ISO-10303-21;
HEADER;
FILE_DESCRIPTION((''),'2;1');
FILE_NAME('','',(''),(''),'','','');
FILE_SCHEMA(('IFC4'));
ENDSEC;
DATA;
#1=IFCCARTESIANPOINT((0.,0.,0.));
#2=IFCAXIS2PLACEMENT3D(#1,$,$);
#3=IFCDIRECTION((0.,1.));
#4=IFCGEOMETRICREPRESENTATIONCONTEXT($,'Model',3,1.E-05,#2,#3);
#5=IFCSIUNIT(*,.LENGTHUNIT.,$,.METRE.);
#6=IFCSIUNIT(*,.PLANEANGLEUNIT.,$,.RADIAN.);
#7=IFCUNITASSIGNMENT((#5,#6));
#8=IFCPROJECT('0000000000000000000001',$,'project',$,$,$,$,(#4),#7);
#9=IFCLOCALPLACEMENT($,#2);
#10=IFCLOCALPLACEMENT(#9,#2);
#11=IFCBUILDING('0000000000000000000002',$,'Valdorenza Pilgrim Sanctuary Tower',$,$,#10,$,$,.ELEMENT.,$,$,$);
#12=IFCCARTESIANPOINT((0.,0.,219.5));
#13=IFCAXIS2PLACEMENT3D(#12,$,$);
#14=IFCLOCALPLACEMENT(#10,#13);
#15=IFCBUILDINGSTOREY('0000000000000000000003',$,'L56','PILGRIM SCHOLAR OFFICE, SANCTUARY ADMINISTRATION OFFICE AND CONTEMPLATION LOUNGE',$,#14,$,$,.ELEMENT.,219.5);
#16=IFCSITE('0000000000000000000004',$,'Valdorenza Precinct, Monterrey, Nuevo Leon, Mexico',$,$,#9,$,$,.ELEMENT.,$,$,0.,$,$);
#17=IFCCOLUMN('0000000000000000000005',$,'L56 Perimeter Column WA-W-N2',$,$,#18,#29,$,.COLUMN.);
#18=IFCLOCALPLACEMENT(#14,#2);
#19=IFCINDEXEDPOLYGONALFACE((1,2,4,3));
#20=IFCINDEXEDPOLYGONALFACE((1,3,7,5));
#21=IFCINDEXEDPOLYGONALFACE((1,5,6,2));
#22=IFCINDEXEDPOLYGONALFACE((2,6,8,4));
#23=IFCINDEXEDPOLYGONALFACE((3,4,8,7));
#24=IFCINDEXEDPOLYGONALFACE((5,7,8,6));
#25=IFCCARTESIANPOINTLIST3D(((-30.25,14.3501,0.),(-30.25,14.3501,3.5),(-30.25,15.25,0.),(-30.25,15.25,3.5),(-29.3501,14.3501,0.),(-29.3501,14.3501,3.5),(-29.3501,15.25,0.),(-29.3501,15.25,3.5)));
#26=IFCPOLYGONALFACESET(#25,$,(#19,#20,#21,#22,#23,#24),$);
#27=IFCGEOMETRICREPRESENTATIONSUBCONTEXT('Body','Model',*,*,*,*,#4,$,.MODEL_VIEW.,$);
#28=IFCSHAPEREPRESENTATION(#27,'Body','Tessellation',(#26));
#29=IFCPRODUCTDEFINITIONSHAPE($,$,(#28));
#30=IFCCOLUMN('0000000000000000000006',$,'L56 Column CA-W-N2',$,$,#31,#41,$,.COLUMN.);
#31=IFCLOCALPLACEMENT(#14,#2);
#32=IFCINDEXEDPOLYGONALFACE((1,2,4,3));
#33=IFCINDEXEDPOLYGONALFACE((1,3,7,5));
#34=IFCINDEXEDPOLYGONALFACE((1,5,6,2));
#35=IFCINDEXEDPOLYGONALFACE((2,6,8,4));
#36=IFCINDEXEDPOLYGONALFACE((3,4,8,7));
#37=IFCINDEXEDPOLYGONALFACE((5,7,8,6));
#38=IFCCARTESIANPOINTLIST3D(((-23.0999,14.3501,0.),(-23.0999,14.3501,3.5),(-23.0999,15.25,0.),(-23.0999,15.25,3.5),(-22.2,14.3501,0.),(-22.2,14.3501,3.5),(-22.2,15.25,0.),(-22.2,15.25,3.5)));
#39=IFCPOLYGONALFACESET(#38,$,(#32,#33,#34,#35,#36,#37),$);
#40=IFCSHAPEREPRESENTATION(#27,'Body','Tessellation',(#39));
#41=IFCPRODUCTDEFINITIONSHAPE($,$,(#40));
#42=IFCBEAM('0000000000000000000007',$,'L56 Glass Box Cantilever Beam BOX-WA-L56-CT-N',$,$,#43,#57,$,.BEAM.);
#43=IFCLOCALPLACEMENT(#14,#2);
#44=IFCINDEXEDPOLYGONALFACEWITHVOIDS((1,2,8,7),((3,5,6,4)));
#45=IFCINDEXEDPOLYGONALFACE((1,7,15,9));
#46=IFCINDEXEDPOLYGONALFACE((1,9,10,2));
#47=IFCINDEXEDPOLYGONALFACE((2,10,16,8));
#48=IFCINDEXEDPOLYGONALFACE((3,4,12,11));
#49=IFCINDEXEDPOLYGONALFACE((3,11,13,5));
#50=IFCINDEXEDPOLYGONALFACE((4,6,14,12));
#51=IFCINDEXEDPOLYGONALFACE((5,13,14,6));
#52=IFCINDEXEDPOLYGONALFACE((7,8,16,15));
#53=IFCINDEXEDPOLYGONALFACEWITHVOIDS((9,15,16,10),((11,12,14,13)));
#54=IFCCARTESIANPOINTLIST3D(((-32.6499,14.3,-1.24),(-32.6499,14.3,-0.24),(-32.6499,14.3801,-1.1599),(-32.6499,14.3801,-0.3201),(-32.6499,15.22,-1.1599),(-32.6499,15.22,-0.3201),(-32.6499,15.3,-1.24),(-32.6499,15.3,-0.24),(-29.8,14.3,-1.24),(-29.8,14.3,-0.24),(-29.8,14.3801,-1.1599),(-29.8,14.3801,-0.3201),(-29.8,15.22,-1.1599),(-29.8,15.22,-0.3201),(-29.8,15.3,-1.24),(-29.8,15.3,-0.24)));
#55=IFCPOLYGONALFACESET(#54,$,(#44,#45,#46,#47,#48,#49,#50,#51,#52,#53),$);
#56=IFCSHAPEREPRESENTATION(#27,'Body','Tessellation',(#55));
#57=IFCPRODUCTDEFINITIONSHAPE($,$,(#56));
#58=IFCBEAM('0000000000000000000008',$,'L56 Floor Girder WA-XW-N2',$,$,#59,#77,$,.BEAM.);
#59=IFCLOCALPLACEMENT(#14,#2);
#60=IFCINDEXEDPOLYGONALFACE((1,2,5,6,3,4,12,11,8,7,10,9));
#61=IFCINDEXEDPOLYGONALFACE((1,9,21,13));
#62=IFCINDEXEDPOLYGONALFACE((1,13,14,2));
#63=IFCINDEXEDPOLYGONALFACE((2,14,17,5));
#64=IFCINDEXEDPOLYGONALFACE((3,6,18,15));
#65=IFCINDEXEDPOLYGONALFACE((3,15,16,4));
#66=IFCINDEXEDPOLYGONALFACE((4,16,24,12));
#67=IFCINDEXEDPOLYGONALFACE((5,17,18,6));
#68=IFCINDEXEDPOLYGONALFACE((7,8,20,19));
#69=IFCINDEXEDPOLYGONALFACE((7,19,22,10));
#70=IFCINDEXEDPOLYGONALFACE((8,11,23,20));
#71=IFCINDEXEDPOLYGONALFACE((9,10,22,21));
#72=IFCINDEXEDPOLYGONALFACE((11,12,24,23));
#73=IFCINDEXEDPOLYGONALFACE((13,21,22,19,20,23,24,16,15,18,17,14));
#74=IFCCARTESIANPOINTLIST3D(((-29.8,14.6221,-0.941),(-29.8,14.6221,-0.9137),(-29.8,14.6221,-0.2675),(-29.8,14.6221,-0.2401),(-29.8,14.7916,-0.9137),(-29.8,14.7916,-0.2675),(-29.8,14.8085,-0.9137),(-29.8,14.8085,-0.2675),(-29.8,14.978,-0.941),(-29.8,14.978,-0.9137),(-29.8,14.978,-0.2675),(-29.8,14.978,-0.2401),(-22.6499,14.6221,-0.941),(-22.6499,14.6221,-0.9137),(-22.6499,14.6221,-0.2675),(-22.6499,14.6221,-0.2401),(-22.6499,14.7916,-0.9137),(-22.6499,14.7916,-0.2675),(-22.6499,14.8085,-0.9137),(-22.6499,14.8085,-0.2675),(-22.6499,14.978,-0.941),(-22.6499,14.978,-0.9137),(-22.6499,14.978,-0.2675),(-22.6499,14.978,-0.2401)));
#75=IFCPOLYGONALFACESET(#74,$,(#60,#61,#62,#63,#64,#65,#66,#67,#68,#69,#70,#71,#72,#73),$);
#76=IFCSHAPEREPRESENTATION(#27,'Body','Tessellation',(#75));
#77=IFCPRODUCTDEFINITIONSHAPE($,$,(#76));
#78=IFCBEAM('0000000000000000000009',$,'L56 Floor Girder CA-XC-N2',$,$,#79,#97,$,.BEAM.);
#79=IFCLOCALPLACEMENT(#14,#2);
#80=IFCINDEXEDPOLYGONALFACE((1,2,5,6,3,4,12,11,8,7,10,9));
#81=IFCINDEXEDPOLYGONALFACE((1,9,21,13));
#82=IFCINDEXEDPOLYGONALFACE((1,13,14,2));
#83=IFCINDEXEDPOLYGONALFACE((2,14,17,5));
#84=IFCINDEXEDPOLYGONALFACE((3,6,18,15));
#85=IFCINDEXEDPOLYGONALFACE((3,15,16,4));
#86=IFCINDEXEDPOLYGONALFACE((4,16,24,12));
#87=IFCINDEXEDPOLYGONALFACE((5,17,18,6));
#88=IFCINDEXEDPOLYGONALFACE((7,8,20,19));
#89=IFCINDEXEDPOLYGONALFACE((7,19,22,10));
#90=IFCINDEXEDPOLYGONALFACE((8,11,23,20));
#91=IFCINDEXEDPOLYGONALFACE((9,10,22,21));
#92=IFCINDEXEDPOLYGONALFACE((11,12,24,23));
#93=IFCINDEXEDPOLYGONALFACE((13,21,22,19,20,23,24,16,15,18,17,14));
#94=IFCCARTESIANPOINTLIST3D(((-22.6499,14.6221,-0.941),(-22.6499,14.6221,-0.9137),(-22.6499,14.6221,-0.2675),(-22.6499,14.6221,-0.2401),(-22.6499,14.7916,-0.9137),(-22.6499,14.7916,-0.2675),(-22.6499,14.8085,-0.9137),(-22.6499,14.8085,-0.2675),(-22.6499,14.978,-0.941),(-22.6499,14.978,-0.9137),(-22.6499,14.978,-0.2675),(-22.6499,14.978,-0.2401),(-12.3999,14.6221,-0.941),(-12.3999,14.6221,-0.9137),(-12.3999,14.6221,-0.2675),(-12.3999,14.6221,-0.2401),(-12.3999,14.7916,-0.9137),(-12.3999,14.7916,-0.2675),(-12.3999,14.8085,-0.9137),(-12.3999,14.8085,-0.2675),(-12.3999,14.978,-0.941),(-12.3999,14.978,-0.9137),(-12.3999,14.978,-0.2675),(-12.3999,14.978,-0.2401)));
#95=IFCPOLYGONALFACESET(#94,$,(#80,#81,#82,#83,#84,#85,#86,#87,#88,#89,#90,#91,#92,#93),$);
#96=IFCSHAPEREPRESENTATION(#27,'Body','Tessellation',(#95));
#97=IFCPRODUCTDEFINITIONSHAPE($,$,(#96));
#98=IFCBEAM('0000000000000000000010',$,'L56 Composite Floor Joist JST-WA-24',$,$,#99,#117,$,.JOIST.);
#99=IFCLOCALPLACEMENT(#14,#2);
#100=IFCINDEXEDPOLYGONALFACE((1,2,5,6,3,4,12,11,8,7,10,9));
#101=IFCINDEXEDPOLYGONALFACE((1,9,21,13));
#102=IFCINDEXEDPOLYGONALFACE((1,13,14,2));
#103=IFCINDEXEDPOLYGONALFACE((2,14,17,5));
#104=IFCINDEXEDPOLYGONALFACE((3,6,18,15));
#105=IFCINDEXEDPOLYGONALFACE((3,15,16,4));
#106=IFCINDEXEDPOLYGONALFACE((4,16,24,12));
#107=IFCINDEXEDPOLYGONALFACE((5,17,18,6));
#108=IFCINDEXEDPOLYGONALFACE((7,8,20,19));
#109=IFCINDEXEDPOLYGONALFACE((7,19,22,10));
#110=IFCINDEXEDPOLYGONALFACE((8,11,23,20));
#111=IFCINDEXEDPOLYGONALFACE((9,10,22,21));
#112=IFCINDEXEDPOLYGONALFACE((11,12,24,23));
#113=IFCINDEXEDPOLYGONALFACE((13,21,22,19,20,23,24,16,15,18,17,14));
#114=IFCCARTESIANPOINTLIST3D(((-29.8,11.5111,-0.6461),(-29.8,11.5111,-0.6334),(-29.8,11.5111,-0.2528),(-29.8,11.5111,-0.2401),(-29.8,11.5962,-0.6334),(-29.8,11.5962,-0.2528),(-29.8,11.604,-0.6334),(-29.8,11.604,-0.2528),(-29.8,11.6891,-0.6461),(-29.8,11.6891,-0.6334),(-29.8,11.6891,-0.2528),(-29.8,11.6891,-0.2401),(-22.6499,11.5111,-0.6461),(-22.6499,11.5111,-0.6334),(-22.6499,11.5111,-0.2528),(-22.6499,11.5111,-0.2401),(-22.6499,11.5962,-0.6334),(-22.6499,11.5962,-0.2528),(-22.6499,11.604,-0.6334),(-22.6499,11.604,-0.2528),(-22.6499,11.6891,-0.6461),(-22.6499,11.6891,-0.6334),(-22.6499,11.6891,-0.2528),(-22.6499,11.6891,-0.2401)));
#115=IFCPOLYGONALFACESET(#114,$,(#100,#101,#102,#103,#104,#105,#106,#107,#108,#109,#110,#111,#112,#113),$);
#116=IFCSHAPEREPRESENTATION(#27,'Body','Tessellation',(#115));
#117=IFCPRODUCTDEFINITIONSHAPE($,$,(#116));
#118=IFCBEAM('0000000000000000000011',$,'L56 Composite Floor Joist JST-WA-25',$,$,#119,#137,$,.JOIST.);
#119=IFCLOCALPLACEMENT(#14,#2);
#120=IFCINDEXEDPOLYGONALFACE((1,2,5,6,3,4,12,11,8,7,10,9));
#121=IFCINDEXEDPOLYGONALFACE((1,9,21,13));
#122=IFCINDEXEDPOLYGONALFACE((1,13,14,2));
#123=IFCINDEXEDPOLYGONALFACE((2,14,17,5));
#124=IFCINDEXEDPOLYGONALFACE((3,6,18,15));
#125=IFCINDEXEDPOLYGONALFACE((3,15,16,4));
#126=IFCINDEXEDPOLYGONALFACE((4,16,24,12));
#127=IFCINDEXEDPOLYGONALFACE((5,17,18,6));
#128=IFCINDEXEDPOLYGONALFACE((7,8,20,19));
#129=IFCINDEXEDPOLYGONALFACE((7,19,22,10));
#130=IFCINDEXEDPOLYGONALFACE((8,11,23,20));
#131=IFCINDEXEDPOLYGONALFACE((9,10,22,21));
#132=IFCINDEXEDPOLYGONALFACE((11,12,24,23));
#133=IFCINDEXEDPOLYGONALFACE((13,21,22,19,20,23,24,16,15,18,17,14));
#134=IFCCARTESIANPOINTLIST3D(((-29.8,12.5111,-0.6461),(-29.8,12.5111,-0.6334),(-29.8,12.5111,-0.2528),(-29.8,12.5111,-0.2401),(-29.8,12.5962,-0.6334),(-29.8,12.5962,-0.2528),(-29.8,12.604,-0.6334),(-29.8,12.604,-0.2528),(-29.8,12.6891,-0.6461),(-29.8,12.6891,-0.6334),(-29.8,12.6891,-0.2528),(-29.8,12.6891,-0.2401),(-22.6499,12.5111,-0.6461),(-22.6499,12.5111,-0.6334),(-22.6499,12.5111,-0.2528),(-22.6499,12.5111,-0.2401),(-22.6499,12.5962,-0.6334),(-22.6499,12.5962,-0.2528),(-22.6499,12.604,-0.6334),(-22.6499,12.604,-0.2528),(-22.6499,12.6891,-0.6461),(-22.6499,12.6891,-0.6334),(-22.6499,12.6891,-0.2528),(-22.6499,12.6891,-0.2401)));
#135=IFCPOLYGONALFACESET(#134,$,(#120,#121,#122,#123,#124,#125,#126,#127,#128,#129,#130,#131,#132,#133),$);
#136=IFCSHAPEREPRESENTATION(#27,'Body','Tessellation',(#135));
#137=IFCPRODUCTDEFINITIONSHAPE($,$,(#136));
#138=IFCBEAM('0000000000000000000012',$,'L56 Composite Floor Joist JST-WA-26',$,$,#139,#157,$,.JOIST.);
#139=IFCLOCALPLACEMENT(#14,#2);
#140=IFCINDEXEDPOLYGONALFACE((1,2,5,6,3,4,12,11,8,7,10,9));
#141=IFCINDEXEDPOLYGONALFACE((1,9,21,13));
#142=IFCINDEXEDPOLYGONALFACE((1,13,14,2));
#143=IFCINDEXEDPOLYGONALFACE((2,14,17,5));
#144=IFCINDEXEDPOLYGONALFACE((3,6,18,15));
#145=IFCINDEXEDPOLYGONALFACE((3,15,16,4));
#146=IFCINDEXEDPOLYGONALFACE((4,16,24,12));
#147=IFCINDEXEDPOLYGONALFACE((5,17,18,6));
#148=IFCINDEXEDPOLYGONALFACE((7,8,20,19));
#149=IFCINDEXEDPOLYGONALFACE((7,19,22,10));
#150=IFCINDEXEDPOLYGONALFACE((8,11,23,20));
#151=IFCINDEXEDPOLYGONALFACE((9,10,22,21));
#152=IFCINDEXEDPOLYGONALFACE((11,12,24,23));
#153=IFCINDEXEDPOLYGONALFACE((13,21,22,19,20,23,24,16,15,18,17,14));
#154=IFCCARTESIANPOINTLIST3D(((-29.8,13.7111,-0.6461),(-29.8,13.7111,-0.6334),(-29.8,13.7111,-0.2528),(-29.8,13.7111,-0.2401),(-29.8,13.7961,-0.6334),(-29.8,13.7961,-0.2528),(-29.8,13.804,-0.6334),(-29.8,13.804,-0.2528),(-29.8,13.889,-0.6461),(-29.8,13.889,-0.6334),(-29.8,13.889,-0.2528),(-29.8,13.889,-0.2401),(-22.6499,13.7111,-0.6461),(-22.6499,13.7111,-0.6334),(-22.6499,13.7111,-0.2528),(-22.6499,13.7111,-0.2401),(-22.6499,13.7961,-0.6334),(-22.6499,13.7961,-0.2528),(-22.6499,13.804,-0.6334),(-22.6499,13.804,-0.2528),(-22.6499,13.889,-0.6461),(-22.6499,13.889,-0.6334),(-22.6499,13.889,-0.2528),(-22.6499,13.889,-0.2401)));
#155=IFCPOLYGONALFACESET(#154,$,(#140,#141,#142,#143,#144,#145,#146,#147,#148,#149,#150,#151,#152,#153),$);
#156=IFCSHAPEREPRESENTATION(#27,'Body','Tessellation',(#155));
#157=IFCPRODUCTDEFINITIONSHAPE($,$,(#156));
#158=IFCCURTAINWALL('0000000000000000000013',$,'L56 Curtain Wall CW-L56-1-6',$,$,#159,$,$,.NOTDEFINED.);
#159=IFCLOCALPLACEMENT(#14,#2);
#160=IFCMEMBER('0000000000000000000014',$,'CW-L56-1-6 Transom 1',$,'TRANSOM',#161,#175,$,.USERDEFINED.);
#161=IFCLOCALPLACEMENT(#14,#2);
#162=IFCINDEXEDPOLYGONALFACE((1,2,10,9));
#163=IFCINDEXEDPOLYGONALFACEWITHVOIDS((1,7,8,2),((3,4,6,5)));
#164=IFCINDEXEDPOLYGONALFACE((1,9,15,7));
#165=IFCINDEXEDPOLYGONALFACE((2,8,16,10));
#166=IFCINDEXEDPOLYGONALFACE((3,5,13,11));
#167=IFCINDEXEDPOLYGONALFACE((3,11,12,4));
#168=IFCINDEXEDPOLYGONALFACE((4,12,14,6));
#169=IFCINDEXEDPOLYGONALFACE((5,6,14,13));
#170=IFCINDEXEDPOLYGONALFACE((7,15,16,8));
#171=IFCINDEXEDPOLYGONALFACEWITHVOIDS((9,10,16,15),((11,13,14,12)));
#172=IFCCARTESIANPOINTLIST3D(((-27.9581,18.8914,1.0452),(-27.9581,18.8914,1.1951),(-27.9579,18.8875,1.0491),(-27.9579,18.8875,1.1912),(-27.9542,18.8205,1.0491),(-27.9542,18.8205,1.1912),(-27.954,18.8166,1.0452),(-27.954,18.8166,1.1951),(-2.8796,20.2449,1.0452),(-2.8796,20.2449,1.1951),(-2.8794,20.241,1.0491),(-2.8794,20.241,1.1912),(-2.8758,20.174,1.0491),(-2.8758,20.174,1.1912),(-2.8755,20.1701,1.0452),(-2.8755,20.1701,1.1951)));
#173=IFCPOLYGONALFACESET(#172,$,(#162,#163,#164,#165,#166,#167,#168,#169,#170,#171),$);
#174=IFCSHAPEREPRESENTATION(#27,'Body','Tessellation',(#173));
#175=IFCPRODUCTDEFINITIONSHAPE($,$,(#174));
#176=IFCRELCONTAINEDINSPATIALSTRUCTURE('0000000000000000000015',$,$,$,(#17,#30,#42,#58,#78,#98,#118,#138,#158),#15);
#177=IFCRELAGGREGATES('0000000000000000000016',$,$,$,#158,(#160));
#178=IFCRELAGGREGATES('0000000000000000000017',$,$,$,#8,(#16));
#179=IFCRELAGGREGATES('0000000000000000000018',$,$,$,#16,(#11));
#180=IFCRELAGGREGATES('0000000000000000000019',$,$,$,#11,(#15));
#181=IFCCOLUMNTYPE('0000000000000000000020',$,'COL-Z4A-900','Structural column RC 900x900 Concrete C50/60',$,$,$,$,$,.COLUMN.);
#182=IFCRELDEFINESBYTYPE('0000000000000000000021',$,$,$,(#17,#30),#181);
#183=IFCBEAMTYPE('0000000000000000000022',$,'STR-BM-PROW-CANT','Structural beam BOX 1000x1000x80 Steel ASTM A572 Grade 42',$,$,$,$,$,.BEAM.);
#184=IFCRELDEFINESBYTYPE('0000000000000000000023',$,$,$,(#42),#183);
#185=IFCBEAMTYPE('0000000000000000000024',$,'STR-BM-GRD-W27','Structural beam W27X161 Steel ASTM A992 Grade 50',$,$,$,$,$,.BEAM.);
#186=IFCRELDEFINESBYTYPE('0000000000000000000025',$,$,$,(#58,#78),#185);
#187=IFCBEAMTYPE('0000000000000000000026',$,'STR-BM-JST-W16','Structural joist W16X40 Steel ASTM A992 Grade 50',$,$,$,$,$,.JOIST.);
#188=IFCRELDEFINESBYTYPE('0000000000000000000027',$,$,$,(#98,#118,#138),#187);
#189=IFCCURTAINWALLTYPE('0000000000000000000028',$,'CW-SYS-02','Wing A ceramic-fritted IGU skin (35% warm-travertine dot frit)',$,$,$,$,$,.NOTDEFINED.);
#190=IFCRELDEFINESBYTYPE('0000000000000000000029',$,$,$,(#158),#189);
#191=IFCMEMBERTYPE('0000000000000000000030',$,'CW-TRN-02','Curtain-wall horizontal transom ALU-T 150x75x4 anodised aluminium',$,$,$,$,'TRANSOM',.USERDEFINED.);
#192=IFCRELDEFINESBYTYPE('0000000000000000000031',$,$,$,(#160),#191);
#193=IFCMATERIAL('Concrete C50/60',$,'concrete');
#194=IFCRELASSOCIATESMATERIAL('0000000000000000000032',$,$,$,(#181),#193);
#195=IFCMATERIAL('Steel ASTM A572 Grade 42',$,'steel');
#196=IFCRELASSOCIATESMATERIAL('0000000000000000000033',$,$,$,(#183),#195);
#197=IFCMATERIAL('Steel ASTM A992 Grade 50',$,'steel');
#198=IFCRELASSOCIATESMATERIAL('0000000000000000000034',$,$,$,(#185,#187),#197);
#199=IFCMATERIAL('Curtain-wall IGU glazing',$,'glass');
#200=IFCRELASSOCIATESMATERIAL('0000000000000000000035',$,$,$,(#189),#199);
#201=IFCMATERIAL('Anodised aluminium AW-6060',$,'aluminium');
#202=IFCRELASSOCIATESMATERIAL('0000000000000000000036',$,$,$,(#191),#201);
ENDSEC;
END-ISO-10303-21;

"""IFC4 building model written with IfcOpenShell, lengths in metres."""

from ifc_helpers import new_model, si_unit, direction, frame, origin, origin_2d, place, context, subcontext, project, spatial, rectangle, hollow_rectangle, i_section, extrude, source, transform, mapped, material, material_profile, profile_set, type_object, element, aggregate, save


model = new_model("IFC4")

# Units and contexts
model_context = context("Model", 3, precision=1e-05, world=origin(), true_north=direction((0.0, 1.0)))
body_context = subcontext(model_context, "Body", "Model", "MODEL_VIEW")
ifc_project = project(units=[si_unit("LENGTHUNIT", "METRE"), si_unit("PLANEANGLEUNIT", "RADIAN")], contexts=[model_context])

# Site, building, storey
site_placement = place(None, origin())
site = spatial("IfcSite", under=ifc_project, at=site_placement, Name="Valdorenza Precinct, Monterrey, Nuevo Leon, Mexico", CompositionType="ELEMENT", RefElevation=0.0)
building_placement = place(site_placement, origin())
building = spatial("IfcBuilding", under=site, at=building_placement, Name="Valdorenza Pilgrim Sanctuary Tower", CompositionType="ELEMENT")
storey_placement = place(building_placement, frame((0.0, 0.0, 219.5)))
storey = spatial("IfcBuildingStorey", under=building, at=storey_placement, Name="L56", Description="PILGRIM SCHOLAR OFFICE, SANCTUARY ADMINISTRATION OFFICE AND CONTEMPLATION LOUNGE", CompositionType="ELEMENT", Elevation=219.5)

# Columns
ifc_material_1 = material(Name="Concrete C50/60", Category="concrete")
ifc_material_profile_1 = material_profile(ifc_material_1, rectangle(XDim=0.8999, YDim=0.8999, at=origin_2d()), Name="RC 900x900")
ifc_profile_set_1 = profile_set([ifc_material_profile_1], Name="Concrete C50/60")
column_type = type_object("IfcColumnType", Name="COL-Z4A-900", Description="Structural column RC 900x900 Concrete C50/60", PredefinedType="COLUMN", material=ifc_profile_set_1)
shared_shape_1 = source(origin(), body_context, "Body", "SweptSolid", [
    extrude(rectangle(XDim=0.8999, YDim=0.8999, at=origin_2d()), origin(), (0.0, 0.0, 1.0), 3.5),
])
for number, where, z_axis, x_axis, name in (
    (1, (-29.8, 14.8, 0.0), (0.0, 0.0, 1.0), (1.0, 0.0, 0.0), "L56 Perimeter Column WA-W-N2"),
    (2, (-22.6499, 14.8, 0.0), (0.0, 0.0, 1.0), (1.0, 0.0, 0.0), "L56 Column CA-W-N2"),
):
    element("IfcColumn", number, at=place(storey_placement, frame(where, z_axis=z_axis, x_axis=x_axis)), inside=storey, type_object=column_type, Name=name, PredefinedType="COLUMN", context=body_context, shape_type="MappedRepresentation", body=[
        mapped(shared_shape_1, transform((0.0, 0.0, 0.0), x_axis=(1.0, 0.0, 0.0), y_axis=(0.0, 1.0, 0.0), z_axis=(0.0, 0.0, 1.0), scale=1.0)),
    ])

# Beams
ifc_material_2 = material(Name="Steel ASTM A572 Grade 42", Category="steel")
ifc_material_profile_2 = material_profile(ifc_material_2, hollow_rectangle(XDim=1.0, YDim=1.0, WallThickness=0.0801, at=origin_2d()), Name="BOX 1000x1000x80")
ifc_profile_set_2 = profile_set([ifc_material_profile_2], Name="Steel ASTM A572 Grade 42")
beam_type_1 = type_object("IfcBeamType", Name="STR-BM-PROW-CANT", Description="Structural beam BOX 1000x1000x80 Steel ASTM A572 Grade 42", PredefinedType="BEAM", material=ifc_profile_set_2)
shared_shape_2 = source(origin(), body_context, "Body", "SweptSolid", [
    extrude(hollow_rectangle(XDim=1.0, YDim=1.0, WallThickness=0.0801, at=origin_2d()), origin(), (0.0, 0.0, 1.0), 2.8499),
])
beam_1_placement = place(storey_placement, frame((-29.8, 14.8, -0.74), z_axis=(-1.0, 0.0, 0.0), x_axis=(0.0, -1.0, 0.0)))
element("IfcBeam", 3, at=beam_1_placement, inside=storey, type_object=beam_type_1, Name="L56 Glass Box Cantilever Beam BOX-WA-L56-CT-N", PredefinedType="BEAM", context=body_context, shape_type="MappedRepresentation", body=[
    mapped(shared_shape_2, transform((0.0, 0.0, 0.0), x_axis=(1.0, 0.0, 0.0), y_axis=(0.0, 1.0, 0.0), z_axis=(0.0, 0.0, 1.0), scale=1.0)),
])
ifc_material_3 = material(Name="Steel ASTM A992 Grade 50", Category="steel")
ifc_material_profile_3 = material_profile(ifc_material_3, i_section(OverallWidth=0.356, OverallDepth=0.7009, WebThickness=0.0168, FlangeThickness=0.0273, at=origin_2d()), Name="W27X161")
ifc_profile_set_3 = profile_set([ifc_material_profile_3], Name="Steel ASTM A992 Grade 50")
beam_type_2 = type_object("IfcBeamType", Name="STR-BM-GRD-W27", Description="Structural beam W27X161 Steel ASTM A992 Grade 50", PredefinedType="BEAM", material=ifc_profile_set_3)
shared_shape_3 = source(origin(), body_context, "Body", "SweptSolid", [
    extrude(i_section(OverallWidth=0.356, OverallDepth=0.7009, WebThickness=0.0168, FlangeThickness=0.0273, at=origin_2d()), origin(), (0.0, 0.0, 1.0), 7.1501),
])
beam_2_placement = place(storey_placement, frame((-29.8, 14.8, -0.5906), z_axis=(1.0, 0.0, 0.0), x_axis=(0.0, 1.0, 0.0)))
element("IfcBeam", 4, at=beam_2_placement, inside=storey, type_object=beam_type_2, Name="L56 Floor Girder WA-XW-N2", PredefinedType="BEAM", context=body_context, shape_type="MappedRepresentation", body=[
    mapped(shared_shape_3, transform((0.0, 0.0, 0.0), x_axis=(1.0, 0.0, 0.0), y_axis=(0.0, 1.0, 0.0), z_axis=(0.0, 0.0, 1.0), scale=1.0)),
])
shared_shape_4 = source(origin(), body_context, "Body", "SweptSolid", [
    extrude(i_section(OverallWidth=0.356, OverallDepth=0.7009, WebThickness=0.0168, FlangeThickness=0.0273, at=origin_2d()), origin(), (0.0, 0.0, 1.0), 10.25),
])
beam_3_placement = place(storey_placement, frame((-22.6499, 14.8, -0.5906), z_axis=(1.0, 0.0, 0.0), x_axis=(0.0, 1.0, 0.0)))
element("IfcBeam", 5, at=beam_3_placement, inside=storey, type_object=beam_type_2, Name="L56 Floor Girder CA-XC-N2", PredefinedType="BEAM", context=body_context, shape_type="MappedRepresentation", body=[
    mapped(shared_shape_4, transform((0.0, 0.0, 0.0), x_axis=(1.0, 0.0, 0.0), y_axis=(0.0, 1.0, 0.0), z_axis=(0.0, 0.0, 1.0), scale=1.0)),
])
ifc_material_profile_4 = material_profile(ifc_material_3, i_section(OverallWidth=0.178, OverallDepth=0.406, WebThickness=0.0078, FlangeThickness=0.0127, at=origin_2d()), Name="W16X40")
ifc_profile_set_4 = profile_set([ifc_material_profile_4], Name="Steel ASTM A992 Grade 50")
beam_type_3 = type_object("IfcBeamType", Name="STR-BM-JST-W16", Description="Structural joist W16X40 Steel ASTM A992 Grade 50", PredefinedType="JOIST", material=ifc_profile_set_4)
shared_shape_5 = source(origin(), body_context, "Body", "SweptSolid", [
    extrude(i_section(OverallWidth=0.178, OverallDepth=0.406, WebThickness=0.0078, FlangeThickness=0.0127, at=origin_2d()), origin(), (0.0, 0.0, 1.0), 7.1501),
])
for number, where, z_axis, x_axis, name in (
    (6, (-29.8, 11.6001, -0.4431), (1.0, 0.0, 0.0), (0.0, 1.0, 0.0), "L56 Composite Floor Joist JST-WA-24"),
    (7, (-29.8, 12.6001, -0.4431), (1.0, 0.0, 0.0), (0.0, 1.0, 0.0), "L56 Composite Floor Joist JST-WA-25"),
    (8, (-29.8, 13.8, -0.4431), (1.0, 0.0, 0.0), (0.0, 1.0, 0.0), "L56 Composite Floor Joist JST-WA-26"),
):
    element("IfcBeam", number, at=place(storey_placement, frame(where, z_axis=z_axis, x_axis=x_axis)), inside=storey, type_object=beam_type_3, Name=name, PredefinedType="JOIST", context=body_context, shape_type="MappedRepresentation", body=[
        mapped(shared_shape_5, transform((0.0, 0.0, 0.0), x_axis=(1.0, 0.0, 0.0), y_axis=(0.0, 1.0, 0.0), z_axis=(0.0, 0.0, 1.0), scale=1.0)),
    ])

# Curtain wall, member
ifc_material_4 = material(Name="Curtain-wall IGU glazing", Category="glass")
curtain_wall_type = type_object("IfcCurtainWallType", Name="CW-SYS-02", Description="Wing A ceramic-fritted IGU skin (35% warm-travertine dot frit)", PredefinedType="NOTDEFINED", material=ifc_material_4)
curtain_wall_placement = place(storey_placement, origin())
curtain_wall = element("IfcCurtainWall", 9, at=curtain_wall_placement, inside=storey, type_object=curtain_wall_type, Name="L56 Curtain Wall CW-L56-1-6", PredefinedType="NOTDEFINED")
ifc_material_5 = material(Name="Anodised aluminium AW-6060", Category="aluminium")
ifc_material_profile_5 = material_profile(ifc_material_5, hollow_rectangle(XDim=0.075, YDim=0.1499, WallThickness=0.0039, at=origin_2d()), Name="ALU-T 150x75x4")
ifc_profile_set_5 = profile_set([ifc_material_profile_5], Name="Anodised aluminium AW-6060")
member_type_1 = type_object("IfcMemberType", Name="CW-TRN-02", Description="Curtain-wall horizontal transom ALU-T 150x75x4 anodised aluminium", ElementType="TRANSOM", PredefinedType="USERDEFINED", material=ifc_profile_set_5)
shared_shape_6 = source(origin(), body_context, "Body", "SweptSolid", [
    extrude(hollow_rectangle(XDim=0.075, YDim=0.1499, WallThickness=0.0039, at=origin_2d()), origin(), (0.0, 0.0, 1.0), 25.115),
])
member_1_placement = place(storey_placement, frame((-27.9561, 18.854, 1.1201), z_axis=(0.998547, 0.053893, 0.0), x_axis=(-0.053893, 0.998547, 0.0)))
member_1 = element("IfcMember", 10, at=member_1_placement, type_object=member_type_1, Name="CW-L56-1-6 Transom 1", ObjectType="TRANSOM", PredefinedType="USERDEFINED", context=body_context, shape_type="MappedRepresentation", body=[
    mapped(shared_shape_6, transform((0.0, 0.0, 0.0), x_axis=(1.0, 0.0, 0.0), y_axis=(0.0, 1.0, 0.0), z_axis=(0.0, 0.0, 1.0), scale=1.0)),
])
aggregate(curtain_wall, [member_1])

save(model, "model.ifc")
